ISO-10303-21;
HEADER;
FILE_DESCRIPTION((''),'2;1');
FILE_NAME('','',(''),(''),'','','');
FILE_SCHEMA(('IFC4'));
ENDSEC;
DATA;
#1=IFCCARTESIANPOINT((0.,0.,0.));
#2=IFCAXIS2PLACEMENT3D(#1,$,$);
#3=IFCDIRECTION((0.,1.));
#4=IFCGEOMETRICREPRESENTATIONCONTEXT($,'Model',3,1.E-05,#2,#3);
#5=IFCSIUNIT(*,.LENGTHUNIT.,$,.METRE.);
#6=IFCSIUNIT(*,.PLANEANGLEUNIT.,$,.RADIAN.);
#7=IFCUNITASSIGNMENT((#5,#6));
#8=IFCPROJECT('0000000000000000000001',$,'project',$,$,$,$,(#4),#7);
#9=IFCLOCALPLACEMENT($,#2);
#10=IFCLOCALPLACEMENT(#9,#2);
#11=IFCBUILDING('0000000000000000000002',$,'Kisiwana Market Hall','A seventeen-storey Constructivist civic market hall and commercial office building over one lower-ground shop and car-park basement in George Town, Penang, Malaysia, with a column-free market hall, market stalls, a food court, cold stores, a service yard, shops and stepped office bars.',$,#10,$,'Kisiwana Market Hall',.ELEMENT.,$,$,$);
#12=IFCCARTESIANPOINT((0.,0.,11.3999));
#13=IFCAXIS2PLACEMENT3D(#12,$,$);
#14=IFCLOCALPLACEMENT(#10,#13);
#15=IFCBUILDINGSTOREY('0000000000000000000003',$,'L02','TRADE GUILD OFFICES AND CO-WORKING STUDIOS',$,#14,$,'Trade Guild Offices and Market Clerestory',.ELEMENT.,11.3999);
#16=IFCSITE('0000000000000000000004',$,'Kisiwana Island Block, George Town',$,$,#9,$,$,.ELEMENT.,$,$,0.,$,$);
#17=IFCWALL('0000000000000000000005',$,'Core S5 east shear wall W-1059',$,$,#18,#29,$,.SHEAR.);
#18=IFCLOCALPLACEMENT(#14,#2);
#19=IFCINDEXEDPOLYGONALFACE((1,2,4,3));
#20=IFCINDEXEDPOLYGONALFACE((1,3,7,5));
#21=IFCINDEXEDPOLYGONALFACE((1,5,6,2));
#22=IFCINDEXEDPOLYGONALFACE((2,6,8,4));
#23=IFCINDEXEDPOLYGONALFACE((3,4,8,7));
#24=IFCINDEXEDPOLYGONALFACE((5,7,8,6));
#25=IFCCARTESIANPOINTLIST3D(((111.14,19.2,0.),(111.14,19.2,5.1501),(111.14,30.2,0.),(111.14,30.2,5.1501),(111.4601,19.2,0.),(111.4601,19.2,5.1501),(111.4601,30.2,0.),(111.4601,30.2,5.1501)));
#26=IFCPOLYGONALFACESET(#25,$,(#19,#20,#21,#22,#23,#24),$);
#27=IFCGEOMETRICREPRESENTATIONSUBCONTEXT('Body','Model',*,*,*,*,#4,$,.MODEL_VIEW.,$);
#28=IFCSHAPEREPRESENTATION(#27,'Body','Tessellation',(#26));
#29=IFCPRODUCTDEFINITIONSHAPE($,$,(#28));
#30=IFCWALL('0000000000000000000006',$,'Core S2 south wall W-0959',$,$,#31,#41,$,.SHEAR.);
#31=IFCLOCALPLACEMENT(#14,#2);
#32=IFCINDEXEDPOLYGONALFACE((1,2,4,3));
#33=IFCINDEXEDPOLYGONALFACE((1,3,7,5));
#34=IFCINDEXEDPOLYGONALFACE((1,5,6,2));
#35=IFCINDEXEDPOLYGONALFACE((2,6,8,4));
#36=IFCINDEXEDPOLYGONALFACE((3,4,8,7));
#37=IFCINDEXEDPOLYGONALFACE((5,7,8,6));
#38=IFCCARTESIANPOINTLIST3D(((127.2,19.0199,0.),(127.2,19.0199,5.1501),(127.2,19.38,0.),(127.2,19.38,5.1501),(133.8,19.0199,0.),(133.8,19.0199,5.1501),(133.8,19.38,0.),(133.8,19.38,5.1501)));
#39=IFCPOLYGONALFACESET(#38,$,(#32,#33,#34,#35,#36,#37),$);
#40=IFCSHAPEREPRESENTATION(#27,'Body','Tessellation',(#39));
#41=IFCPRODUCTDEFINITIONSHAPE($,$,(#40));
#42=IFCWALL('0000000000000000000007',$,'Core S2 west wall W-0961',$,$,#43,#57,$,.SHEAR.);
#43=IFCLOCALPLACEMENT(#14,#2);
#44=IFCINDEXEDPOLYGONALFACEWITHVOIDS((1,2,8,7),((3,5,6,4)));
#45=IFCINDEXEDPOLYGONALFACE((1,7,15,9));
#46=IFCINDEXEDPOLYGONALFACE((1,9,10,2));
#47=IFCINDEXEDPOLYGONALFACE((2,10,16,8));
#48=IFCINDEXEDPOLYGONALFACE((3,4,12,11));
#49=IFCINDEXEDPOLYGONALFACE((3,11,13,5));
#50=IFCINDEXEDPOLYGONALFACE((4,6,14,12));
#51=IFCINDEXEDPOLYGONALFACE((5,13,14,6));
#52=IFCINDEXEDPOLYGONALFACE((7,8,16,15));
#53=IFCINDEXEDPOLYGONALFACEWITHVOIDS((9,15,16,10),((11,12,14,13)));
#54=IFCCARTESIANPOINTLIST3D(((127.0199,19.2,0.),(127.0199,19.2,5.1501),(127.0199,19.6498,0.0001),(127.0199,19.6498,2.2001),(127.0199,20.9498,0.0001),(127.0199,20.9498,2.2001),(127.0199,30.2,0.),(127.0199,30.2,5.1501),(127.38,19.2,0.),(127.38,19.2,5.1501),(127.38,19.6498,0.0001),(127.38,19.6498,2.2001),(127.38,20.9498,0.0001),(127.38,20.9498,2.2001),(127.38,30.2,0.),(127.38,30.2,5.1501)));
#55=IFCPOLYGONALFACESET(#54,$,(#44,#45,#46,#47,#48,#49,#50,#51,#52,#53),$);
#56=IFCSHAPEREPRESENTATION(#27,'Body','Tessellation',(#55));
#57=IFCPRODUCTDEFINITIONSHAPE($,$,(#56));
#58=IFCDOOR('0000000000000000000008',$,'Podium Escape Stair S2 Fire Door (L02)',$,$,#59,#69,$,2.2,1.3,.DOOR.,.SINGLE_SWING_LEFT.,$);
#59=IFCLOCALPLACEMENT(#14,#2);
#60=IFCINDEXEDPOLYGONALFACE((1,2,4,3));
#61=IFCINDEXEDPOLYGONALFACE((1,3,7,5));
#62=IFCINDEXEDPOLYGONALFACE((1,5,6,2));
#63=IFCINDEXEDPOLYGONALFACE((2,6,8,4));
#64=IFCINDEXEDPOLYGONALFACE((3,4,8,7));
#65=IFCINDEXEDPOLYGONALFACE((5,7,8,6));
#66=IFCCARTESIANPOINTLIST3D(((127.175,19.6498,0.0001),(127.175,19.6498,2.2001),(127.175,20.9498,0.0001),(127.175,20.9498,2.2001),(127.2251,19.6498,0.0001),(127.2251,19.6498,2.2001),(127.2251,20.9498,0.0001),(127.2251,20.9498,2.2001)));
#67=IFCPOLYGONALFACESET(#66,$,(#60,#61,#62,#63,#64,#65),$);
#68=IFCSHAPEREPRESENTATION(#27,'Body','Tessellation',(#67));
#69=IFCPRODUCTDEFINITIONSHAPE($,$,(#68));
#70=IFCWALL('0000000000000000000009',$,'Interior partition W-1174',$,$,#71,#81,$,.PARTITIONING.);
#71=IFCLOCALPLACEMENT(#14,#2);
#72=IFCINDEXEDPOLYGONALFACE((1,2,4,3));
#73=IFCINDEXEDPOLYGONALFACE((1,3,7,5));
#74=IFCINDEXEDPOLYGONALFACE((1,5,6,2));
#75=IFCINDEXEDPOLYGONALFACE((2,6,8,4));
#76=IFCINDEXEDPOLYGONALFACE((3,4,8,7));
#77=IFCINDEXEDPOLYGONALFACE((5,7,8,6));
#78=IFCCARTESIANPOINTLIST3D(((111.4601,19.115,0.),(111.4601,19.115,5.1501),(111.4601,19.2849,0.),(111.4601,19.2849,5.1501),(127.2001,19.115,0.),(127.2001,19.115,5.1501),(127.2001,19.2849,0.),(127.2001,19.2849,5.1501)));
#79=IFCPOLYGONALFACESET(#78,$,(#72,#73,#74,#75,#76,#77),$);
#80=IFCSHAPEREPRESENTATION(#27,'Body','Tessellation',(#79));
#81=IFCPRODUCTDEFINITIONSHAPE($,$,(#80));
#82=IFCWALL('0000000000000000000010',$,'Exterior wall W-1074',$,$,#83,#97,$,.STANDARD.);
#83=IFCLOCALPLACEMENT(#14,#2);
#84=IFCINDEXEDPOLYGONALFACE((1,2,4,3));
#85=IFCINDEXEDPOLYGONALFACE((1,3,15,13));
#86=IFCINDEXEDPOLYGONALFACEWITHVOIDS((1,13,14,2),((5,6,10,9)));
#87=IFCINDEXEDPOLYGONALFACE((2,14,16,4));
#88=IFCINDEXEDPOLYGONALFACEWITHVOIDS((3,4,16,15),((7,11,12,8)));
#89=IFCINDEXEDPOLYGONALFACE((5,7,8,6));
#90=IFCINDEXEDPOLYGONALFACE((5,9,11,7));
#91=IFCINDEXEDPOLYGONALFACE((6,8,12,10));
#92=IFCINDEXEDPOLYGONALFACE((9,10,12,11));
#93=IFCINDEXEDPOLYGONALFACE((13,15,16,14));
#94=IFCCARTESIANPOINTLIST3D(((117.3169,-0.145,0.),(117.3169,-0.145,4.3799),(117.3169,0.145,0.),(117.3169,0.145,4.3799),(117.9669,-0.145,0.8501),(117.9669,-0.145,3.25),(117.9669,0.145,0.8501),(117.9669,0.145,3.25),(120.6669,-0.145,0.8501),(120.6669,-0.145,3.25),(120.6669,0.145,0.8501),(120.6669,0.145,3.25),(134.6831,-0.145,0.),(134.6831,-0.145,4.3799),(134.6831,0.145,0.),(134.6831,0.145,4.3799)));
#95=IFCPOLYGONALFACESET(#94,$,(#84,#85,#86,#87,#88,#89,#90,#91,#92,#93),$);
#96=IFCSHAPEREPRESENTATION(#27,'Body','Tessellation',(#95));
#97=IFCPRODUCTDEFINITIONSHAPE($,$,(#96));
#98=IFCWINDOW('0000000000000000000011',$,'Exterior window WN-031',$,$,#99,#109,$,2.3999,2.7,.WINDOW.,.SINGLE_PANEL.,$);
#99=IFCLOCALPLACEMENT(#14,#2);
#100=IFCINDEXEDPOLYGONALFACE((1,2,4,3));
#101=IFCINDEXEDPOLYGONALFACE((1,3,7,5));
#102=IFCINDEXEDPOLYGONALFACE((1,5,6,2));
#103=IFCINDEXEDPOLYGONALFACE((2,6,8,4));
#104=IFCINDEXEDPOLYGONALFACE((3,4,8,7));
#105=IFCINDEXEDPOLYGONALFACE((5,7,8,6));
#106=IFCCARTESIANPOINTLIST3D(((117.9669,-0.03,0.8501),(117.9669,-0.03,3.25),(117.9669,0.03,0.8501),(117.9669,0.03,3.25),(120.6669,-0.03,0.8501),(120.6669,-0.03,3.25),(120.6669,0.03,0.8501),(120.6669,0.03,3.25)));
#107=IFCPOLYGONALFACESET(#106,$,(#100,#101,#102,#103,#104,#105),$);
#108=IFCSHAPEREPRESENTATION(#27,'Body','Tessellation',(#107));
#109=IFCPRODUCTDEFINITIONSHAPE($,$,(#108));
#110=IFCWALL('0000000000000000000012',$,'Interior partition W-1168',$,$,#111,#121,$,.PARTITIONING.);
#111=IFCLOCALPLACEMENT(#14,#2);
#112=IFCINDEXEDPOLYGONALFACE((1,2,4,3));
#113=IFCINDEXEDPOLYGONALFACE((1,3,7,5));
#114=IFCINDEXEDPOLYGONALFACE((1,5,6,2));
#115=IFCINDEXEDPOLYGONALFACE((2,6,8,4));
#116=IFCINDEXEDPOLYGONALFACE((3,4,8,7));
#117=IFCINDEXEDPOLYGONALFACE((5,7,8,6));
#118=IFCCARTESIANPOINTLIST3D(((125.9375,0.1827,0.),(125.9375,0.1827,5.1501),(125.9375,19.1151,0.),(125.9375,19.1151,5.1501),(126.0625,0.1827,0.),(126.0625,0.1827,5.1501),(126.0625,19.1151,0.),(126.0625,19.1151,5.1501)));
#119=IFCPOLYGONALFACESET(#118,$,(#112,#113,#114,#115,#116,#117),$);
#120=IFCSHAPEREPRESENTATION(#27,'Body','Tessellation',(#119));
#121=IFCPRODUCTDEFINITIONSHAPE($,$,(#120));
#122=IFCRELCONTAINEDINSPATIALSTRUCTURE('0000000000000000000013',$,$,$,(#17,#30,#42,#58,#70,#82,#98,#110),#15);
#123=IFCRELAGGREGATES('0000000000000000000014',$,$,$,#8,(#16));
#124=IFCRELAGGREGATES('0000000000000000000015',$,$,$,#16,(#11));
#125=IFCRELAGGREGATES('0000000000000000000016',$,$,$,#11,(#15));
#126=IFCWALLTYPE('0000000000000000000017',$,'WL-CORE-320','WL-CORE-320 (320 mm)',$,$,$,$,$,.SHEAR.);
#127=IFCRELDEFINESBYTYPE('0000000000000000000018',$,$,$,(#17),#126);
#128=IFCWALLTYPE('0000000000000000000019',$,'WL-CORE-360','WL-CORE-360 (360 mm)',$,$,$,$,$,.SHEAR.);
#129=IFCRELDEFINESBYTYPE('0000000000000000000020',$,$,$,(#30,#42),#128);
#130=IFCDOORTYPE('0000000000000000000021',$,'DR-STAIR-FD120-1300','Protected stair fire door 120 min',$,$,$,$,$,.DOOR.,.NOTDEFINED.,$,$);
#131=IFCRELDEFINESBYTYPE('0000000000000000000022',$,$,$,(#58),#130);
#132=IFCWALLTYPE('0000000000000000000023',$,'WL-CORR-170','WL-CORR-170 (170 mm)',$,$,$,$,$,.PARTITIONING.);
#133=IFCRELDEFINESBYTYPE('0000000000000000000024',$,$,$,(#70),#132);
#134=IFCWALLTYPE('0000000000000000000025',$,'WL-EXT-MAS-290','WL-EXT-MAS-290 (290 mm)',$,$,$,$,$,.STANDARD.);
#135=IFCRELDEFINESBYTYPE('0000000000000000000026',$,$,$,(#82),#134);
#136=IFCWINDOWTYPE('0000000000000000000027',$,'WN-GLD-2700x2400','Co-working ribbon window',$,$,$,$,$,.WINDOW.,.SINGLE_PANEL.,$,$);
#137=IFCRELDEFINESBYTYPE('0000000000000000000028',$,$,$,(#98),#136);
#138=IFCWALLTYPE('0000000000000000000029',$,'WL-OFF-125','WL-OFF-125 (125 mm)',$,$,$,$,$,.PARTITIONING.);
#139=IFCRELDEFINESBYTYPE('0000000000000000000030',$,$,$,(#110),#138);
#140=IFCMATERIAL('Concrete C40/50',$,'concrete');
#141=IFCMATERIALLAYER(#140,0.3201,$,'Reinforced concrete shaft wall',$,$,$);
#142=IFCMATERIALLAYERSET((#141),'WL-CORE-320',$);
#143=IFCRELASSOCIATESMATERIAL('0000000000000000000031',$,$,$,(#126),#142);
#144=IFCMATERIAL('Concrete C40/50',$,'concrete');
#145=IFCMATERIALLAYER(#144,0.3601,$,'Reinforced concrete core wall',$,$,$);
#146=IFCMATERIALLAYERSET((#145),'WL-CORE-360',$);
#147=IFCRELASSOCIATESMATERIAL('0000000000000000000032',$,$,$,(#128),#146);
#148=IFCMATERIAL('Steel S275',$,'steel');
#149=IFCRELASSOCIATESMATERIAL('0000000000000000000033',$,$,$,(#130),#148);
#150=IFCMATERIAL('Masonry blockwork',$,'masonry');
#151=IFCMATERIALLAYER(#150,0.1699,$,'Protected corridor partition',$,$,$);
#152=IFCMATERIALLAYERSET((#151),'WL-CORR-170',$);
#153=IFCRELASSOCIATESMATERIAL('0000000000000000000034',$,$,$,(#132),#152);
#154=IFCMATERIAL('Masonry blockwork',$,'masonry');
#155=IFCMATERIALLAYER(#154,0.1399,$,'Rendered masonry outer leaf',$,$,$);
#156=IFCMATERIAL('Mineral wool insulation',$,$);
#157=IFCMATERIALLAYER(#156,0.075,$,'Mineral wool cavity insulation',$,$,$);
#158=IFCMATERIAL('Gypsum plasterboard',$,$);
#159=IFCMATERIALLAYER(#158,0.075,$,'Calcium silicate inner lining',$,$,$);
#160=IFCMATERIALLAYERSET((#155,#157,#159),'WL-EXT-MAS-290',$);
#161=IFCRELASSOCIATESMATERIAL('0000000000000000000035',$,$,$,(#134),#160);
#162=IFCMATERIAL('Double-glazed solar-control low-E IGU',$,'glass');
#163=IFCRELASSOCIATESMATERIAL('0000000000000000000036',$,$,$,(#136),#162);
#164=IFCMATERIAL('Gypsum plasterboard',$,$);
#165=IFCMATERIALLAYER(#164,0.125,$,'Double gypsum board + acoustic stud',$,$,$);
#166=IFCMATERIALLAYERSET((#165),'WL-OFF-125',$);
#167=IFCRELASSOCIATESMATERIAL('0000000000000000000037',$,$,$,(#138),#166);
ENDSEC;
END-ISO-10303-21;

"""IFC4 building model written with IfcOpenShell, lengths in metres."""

from ifc_helpers import new_model, si_unit, direction, frame, frame_2d, origin, place, context, subcontext, project, spatial, rectangle, extrude, material, layer, layer_set, type_object, element, fill, save


model = new_model("IFC4")

# Units and contexts
model_context = context("Model", 3, precision=1e-05, world=origin(), true_north=direction((0.0, 1.0)))
body_context = subcontext(model_context, "Body", "Model", "MODEL_VIEW")
ifc_project = project(units=[si_unit("LENGTHUNIT", "METRE"), si_unit("PLANEANGLEUNIT", "RADIAN")], contexts=[model_context])

# Site, building, storey
site_placement = place(None, origin())
site = spatial("IfcSite", under=ifc_project, at=site_placement, Name="Kisiwana Island Block, George Town", CompositionType="ELEMENT", RefElevation=0.0)
building_placement = place(site_placement, origin())
building = spatial("IfcBuilding", under=site, at=building_placement, Name="Kisiwana Market Hall", Description="A seventeen-storey Constructivist civic market hall and commercial office building over one lower-ground shop and car-park basement in George Town, Penang, Malaysia, with a column-free market hall, market stalls, a food court, cold stores, a service yard, shops and stepped office bars.", LongName="Kisiwana Market Hall", CompositionType="ELEMENT")
storey_placement = place(building_placement, frame((0.0, 0.0, 11.3999)))
storey = spatial("IfcBuildingStorey", under=building, at=storey_placement, Name="L02", Description="TRADE GUILD OFFICES AND CO-WORKING STUDIOS", LongName="Trade Guild Offices and Market Clerestory", CompositionType="ELEMENT", Elevation=11.3999)

# Walls
ifc_material_1 = material(Name="Concrete C40/50", Category="concrete")
ifc_layer_1 = layer(ifc_material_1, 0.3201, Name="Reinforced concrete shaft wall")
ifc_layer_set_1 = layer_set([ifc_layer_1], Name="WL-CORE-320")
wall_type_1 = type_object("IfcWallType", Name="WL-CORE-320", Description="WL-CORE-320 (320 mm)", PredefinedType="SHEAR", material=ifc_layer_set_1)
wall_1_placement = place(storey_placement, frame((111.3, 19.2, 0.0), z_axis=(0.0, 0.0, 1.0), x_axis=(0.0, 1.0, 0.0)))
element("IfcWall", 1, at=wall_1_placement, inside=storey, type_object=wall_type_1, Name="Core S5 east shear wall W-1059", PredefinedType="SHEAR", context=body_context, shape_type="SweptSolid", body=[
    extrude(rectangle(XDim=11.0, YDim=0.3201, at=frame_2d((5.5, 0.0))), origin(), (0.0, 0.0, 1.0), 5.1501),
])
ifc_material_2 = material(Name="Concrete C40/50", Category="concrete")
ifc_layer_2 = layer(ifc_material_2, 0.3601, Name="Reinforced concrete core wall")
ifc_layer_set_2 = layer_set([ifc_layer_2], Name="WL-CORE-360")
wall_type_2 = type_object("IfcWallType", Name="WL-CORE-360", Description="WL-CORE-360 (360 mm)", PredefinedType="SHEAR", material=ifc_layer_set_2)
wall_2_placement = place(storey_placement, frame((127.2, 19.2, 0.0), z_axis=(0.0, 0.0, 1.0), x_axis=(1.0, 0.0, 0.0)))
element("IfcWall", 2, at=wall_2_placement, inside=storey, type_object=wall_type_2, Name="Core S2 south wall W-0959", PredefinedType="SHEAR", context=body_context, shape_type="SweptSolid", body=[
    extrude(rectangle(XDim=6.6001, YDim=0.3601, at=frame_2d((3.3, 0.0))), origin(), (0.0, 0.0, 1.0), 5.1501),
])

# Wall, opening, door
wall_3_placement = place(storey_placement, frame((127.2, 19.2, 0.0), z_axis=(0.0, 0.0, 1.0), x_axis=(0.0, 1.0, 0.0)))
wall_3 = element("IfcWall", 3, at=wall_3_placement, inside=storey, type_object=wall_type_2, Name="Core S2 west wall W-0961", PredefinedType="SHEAR", context=body_context, shape_type="SweptSolid", body=[
    extrude(rectangle(XDim=11.0, YDim=0.3601, at=frame_2d((5.5, 0.0))), origin(), (0.0, 0.0, 1.0), 5.1501),
])
opening_1_placement = place(wall_3_placement, frame((0.45, 0.0, 0.0)))
opening_1 = element("IfcOpeningElement", 4, at=opening_1_placement, cuts=wall_3, PredefinedType="OPENING", context=body_context, shape_type="SweptSolid", body=[
    extrude(rectangle(XDim=1.3, YDim=2.2, at=frame_2d((0.6499, 1.1001))), frame((0.0, 0.1919, 0.0), z_axis=(0.0, -1.0, 0.0), x_axis=(1.0, 0.0, 0.0)), (0.0, 0.0, 1.0), 0.384),
])
ifc_material_3 = material(Name="Steel S275", Category="steel")
door_type = type_object("IfcDoorType", Name="DR-STAIR-FD120-1300", Description="Protected stair fire door 120 min", OperationType="NOTDEFINED", PredefinedType="DOOR", material=ifc_material_3)
door_placement = place(opening_1_placement, origin())
door = element("IfcDoor", 5, at=door_placement, inside=storey, type_object=door_type, Name="Podium Escape Stair S2 Fire Door (L02)", OperationType="SINGLE_SWING_LEFT", OverallHeight=2.2, OverallWidth=1.3, PredefinedType="DOOR", context=body_context, shape_type="SweptSolid", body=[
    extrude(rectangle(XDim=1.3, YDim=2.2, at=frame_2d((0.6499, 1.1001))), frame((0.0, 0.0249, 0.0), z_axis=(0.0, -1.0, 0.0), x_axis=(1.0, 0.0, 0.0)), (0.0, 0.0, 1.0), 0.05),
])
fill(opening_1, door)

# Wall
ifc_material_4 = material(Name="Masonry blockwork", Category="masonry")
ifc_layer_3 = layer(ifc_material_4, 0.1699, Name="Protected corridor partition")
ifc_layer_set_3 = layer_set([ifc_layer_3], Name="WL-CORR-170")
wall_type_3 = type_object("IfcWallType", Name="WL-CORR-170", Description="WL-CORR-170 (170 mm)", PredefinedType="PARTITIONING", material=ifc_layer_set_3)
wall_4_placement = place(storey_placement, frame((111.46, 19.2, 0.0), z_axis=(0.0, 0.0, 1.0), x_axis=(1.0, 0.0, 0.0)))
element("IfcWall", 6, at=wall_4_placement, inside=storey, type_object=wall_type_3, Name="Interior partition W-1174", PredefinedType="PARTITIONING", context=body_context, shape_type="SweptSolid", body=[
    extrude(rectangle(XDim=15.74, YDim=0.1699, at=frame_2d((7.8701, 0.0))), origin(), (0.0, 0.0, 1.0), 5.1501),
])

# Wall, opening, window
ifc_material_5 = material(Name="Masonry blockwork", Category="masonry")
ifc_layer_4 = layer(ifc_material_5, 0.1399, Name="Rendered masonry outer leaf")
ifc_material_6 = material(Name="Mineral wool insulation")
ifc_layer_5 = layer(ifc_material_6, 0.075, Name="Mineral wool cavity insulation")
ifc_material_7 = material(Name="Gypsum plasterboard")
ifc_layer_6 = layer(ifc_material_7, 0.075, Name="Calcium silicate inner lining")
ifc_layer_set_4 = layer_set([ifc_layer_4, ifc_layer_5, ifc_layer_6], Name="WL-EXT-MAS-290")
wall_type_4 = type_object("IfcWallType", Name="WL-EXT-MAS-290", Description="WL-EXT-MAS-290 (290 mm)", PredefinedType="STANDARD", material=ifc_layer_set_4)
wall_5_placement = place(storey_placement, frame((117.3169, 0.0, 0.0), z_axis=(0.0, 0.0, 1.0), x_axis=(1.0, 0.0, 0.0)))
wall_5 = element("IfcWall", 7, at=wall_5_placement, inside=storey, type_object=wall_type_4, Name="Exterior wall W-1074", PredefinedType="STANDARD", context=body_context, shape_type="SweptSolid", body=[
    extrude(rectangle(XDim=17.3662, YDim=0.29, at=frame_2d((8.6831, 0.0))), origin(), (0.0, 0.0, 1.0), 4.3799),
])
opening_2_placement = place(wall_5_placement, frame((0.6499, 0.0, 0.8501)))
opening_2 = element("IfcOpeningElement", 8, at=opening_2_placement, cuts=wall_5, PredefinedType="OPENING", context=body_context, shape_type="SweptSolid", body=[
    extrude(rectangle(XDim=2.7, YDim=2.3999, at=frame_2d((1.3501, 1.2))), frame((0.0, 0.157, 0.0), z_axis=(0.0, -1.0, 0.0), x_axis=(1.0, 0.0, 0.0)), (0.0, 0.0, 1.0), 0.314),
])
ifc_material_8 = material(Name="Double-glazed solar-control low-E IGU", Category="glass")
window_type = type_object("IfcWindowType", Name="WN-GLD-2700x2400", Description="Co-working ribbon window", PartitioningType="SINGLE_PANEL", PredefinedType="WINDOW", material=ifc_material_8)
window_placement = place(opening_2_placement, origin())
window = element("IfcWindow", 9, at=window_placement, inside=storey, type_object=window_type, Name="Exterior window WN-031", OverallHeight=2.3999, OverallWidth=2.7, PartitioningType="SINGLE_PANEL", PredefinedType="WINDOW", context=body_context, shape_type="SweptSolid", body=[
    extrude(rectangle(XDim=2.7, YDim=2.3999, at=frame_2d((1.3501, 1.2))), frame((0.0, 0.03, 0.0), z_axis=(0.0, -1.0, 0.0), x_axis=(1.0, 0.0, 0.0)), (0.0, 0.0, 1.0), 0.0601),
])
fill(opening_2, window)

# Wall
ifc_material_9 = material(Name="Gypsum plasterboard")
ifc_layer_7 = layer(ifc_material_9, 0.125, Name="Double gypsum board + acoustic stud")
ifc_layer_set_5 = layer_set([ifc_layer_7], Name="WL-OFF-125")
wall_type_5 = type_object("IfcWallType", Name="WL-OFF-125", Description="WL-OFF-125 (125 mm)", PredefinedType="PARTITIONING", material=ifc_layer_set_5)
wall_6_placement = place(storey_placement, frame((126.0, 0.1826, 0.0), z_axis=(0.0, 0.0, 1.0), x_axis=(0.0, 1.0, 0.0)))
element("IfcWall", 10, at=wall_6_placement, inside=storey, type_object=wall_type_5, Name="Interior partition W-1168", PredefinedType="PARTITIONING", context=body_context, shape_type="SweptSolid", body=[
    extrude(rectangle(XDim=18.9324, YDim=0.125, at=frame_2d((9.4663, 0.0))), origin(), (0.0, 0.0, 1.0), 5.1501),
])

save(model, "model.ifc")
